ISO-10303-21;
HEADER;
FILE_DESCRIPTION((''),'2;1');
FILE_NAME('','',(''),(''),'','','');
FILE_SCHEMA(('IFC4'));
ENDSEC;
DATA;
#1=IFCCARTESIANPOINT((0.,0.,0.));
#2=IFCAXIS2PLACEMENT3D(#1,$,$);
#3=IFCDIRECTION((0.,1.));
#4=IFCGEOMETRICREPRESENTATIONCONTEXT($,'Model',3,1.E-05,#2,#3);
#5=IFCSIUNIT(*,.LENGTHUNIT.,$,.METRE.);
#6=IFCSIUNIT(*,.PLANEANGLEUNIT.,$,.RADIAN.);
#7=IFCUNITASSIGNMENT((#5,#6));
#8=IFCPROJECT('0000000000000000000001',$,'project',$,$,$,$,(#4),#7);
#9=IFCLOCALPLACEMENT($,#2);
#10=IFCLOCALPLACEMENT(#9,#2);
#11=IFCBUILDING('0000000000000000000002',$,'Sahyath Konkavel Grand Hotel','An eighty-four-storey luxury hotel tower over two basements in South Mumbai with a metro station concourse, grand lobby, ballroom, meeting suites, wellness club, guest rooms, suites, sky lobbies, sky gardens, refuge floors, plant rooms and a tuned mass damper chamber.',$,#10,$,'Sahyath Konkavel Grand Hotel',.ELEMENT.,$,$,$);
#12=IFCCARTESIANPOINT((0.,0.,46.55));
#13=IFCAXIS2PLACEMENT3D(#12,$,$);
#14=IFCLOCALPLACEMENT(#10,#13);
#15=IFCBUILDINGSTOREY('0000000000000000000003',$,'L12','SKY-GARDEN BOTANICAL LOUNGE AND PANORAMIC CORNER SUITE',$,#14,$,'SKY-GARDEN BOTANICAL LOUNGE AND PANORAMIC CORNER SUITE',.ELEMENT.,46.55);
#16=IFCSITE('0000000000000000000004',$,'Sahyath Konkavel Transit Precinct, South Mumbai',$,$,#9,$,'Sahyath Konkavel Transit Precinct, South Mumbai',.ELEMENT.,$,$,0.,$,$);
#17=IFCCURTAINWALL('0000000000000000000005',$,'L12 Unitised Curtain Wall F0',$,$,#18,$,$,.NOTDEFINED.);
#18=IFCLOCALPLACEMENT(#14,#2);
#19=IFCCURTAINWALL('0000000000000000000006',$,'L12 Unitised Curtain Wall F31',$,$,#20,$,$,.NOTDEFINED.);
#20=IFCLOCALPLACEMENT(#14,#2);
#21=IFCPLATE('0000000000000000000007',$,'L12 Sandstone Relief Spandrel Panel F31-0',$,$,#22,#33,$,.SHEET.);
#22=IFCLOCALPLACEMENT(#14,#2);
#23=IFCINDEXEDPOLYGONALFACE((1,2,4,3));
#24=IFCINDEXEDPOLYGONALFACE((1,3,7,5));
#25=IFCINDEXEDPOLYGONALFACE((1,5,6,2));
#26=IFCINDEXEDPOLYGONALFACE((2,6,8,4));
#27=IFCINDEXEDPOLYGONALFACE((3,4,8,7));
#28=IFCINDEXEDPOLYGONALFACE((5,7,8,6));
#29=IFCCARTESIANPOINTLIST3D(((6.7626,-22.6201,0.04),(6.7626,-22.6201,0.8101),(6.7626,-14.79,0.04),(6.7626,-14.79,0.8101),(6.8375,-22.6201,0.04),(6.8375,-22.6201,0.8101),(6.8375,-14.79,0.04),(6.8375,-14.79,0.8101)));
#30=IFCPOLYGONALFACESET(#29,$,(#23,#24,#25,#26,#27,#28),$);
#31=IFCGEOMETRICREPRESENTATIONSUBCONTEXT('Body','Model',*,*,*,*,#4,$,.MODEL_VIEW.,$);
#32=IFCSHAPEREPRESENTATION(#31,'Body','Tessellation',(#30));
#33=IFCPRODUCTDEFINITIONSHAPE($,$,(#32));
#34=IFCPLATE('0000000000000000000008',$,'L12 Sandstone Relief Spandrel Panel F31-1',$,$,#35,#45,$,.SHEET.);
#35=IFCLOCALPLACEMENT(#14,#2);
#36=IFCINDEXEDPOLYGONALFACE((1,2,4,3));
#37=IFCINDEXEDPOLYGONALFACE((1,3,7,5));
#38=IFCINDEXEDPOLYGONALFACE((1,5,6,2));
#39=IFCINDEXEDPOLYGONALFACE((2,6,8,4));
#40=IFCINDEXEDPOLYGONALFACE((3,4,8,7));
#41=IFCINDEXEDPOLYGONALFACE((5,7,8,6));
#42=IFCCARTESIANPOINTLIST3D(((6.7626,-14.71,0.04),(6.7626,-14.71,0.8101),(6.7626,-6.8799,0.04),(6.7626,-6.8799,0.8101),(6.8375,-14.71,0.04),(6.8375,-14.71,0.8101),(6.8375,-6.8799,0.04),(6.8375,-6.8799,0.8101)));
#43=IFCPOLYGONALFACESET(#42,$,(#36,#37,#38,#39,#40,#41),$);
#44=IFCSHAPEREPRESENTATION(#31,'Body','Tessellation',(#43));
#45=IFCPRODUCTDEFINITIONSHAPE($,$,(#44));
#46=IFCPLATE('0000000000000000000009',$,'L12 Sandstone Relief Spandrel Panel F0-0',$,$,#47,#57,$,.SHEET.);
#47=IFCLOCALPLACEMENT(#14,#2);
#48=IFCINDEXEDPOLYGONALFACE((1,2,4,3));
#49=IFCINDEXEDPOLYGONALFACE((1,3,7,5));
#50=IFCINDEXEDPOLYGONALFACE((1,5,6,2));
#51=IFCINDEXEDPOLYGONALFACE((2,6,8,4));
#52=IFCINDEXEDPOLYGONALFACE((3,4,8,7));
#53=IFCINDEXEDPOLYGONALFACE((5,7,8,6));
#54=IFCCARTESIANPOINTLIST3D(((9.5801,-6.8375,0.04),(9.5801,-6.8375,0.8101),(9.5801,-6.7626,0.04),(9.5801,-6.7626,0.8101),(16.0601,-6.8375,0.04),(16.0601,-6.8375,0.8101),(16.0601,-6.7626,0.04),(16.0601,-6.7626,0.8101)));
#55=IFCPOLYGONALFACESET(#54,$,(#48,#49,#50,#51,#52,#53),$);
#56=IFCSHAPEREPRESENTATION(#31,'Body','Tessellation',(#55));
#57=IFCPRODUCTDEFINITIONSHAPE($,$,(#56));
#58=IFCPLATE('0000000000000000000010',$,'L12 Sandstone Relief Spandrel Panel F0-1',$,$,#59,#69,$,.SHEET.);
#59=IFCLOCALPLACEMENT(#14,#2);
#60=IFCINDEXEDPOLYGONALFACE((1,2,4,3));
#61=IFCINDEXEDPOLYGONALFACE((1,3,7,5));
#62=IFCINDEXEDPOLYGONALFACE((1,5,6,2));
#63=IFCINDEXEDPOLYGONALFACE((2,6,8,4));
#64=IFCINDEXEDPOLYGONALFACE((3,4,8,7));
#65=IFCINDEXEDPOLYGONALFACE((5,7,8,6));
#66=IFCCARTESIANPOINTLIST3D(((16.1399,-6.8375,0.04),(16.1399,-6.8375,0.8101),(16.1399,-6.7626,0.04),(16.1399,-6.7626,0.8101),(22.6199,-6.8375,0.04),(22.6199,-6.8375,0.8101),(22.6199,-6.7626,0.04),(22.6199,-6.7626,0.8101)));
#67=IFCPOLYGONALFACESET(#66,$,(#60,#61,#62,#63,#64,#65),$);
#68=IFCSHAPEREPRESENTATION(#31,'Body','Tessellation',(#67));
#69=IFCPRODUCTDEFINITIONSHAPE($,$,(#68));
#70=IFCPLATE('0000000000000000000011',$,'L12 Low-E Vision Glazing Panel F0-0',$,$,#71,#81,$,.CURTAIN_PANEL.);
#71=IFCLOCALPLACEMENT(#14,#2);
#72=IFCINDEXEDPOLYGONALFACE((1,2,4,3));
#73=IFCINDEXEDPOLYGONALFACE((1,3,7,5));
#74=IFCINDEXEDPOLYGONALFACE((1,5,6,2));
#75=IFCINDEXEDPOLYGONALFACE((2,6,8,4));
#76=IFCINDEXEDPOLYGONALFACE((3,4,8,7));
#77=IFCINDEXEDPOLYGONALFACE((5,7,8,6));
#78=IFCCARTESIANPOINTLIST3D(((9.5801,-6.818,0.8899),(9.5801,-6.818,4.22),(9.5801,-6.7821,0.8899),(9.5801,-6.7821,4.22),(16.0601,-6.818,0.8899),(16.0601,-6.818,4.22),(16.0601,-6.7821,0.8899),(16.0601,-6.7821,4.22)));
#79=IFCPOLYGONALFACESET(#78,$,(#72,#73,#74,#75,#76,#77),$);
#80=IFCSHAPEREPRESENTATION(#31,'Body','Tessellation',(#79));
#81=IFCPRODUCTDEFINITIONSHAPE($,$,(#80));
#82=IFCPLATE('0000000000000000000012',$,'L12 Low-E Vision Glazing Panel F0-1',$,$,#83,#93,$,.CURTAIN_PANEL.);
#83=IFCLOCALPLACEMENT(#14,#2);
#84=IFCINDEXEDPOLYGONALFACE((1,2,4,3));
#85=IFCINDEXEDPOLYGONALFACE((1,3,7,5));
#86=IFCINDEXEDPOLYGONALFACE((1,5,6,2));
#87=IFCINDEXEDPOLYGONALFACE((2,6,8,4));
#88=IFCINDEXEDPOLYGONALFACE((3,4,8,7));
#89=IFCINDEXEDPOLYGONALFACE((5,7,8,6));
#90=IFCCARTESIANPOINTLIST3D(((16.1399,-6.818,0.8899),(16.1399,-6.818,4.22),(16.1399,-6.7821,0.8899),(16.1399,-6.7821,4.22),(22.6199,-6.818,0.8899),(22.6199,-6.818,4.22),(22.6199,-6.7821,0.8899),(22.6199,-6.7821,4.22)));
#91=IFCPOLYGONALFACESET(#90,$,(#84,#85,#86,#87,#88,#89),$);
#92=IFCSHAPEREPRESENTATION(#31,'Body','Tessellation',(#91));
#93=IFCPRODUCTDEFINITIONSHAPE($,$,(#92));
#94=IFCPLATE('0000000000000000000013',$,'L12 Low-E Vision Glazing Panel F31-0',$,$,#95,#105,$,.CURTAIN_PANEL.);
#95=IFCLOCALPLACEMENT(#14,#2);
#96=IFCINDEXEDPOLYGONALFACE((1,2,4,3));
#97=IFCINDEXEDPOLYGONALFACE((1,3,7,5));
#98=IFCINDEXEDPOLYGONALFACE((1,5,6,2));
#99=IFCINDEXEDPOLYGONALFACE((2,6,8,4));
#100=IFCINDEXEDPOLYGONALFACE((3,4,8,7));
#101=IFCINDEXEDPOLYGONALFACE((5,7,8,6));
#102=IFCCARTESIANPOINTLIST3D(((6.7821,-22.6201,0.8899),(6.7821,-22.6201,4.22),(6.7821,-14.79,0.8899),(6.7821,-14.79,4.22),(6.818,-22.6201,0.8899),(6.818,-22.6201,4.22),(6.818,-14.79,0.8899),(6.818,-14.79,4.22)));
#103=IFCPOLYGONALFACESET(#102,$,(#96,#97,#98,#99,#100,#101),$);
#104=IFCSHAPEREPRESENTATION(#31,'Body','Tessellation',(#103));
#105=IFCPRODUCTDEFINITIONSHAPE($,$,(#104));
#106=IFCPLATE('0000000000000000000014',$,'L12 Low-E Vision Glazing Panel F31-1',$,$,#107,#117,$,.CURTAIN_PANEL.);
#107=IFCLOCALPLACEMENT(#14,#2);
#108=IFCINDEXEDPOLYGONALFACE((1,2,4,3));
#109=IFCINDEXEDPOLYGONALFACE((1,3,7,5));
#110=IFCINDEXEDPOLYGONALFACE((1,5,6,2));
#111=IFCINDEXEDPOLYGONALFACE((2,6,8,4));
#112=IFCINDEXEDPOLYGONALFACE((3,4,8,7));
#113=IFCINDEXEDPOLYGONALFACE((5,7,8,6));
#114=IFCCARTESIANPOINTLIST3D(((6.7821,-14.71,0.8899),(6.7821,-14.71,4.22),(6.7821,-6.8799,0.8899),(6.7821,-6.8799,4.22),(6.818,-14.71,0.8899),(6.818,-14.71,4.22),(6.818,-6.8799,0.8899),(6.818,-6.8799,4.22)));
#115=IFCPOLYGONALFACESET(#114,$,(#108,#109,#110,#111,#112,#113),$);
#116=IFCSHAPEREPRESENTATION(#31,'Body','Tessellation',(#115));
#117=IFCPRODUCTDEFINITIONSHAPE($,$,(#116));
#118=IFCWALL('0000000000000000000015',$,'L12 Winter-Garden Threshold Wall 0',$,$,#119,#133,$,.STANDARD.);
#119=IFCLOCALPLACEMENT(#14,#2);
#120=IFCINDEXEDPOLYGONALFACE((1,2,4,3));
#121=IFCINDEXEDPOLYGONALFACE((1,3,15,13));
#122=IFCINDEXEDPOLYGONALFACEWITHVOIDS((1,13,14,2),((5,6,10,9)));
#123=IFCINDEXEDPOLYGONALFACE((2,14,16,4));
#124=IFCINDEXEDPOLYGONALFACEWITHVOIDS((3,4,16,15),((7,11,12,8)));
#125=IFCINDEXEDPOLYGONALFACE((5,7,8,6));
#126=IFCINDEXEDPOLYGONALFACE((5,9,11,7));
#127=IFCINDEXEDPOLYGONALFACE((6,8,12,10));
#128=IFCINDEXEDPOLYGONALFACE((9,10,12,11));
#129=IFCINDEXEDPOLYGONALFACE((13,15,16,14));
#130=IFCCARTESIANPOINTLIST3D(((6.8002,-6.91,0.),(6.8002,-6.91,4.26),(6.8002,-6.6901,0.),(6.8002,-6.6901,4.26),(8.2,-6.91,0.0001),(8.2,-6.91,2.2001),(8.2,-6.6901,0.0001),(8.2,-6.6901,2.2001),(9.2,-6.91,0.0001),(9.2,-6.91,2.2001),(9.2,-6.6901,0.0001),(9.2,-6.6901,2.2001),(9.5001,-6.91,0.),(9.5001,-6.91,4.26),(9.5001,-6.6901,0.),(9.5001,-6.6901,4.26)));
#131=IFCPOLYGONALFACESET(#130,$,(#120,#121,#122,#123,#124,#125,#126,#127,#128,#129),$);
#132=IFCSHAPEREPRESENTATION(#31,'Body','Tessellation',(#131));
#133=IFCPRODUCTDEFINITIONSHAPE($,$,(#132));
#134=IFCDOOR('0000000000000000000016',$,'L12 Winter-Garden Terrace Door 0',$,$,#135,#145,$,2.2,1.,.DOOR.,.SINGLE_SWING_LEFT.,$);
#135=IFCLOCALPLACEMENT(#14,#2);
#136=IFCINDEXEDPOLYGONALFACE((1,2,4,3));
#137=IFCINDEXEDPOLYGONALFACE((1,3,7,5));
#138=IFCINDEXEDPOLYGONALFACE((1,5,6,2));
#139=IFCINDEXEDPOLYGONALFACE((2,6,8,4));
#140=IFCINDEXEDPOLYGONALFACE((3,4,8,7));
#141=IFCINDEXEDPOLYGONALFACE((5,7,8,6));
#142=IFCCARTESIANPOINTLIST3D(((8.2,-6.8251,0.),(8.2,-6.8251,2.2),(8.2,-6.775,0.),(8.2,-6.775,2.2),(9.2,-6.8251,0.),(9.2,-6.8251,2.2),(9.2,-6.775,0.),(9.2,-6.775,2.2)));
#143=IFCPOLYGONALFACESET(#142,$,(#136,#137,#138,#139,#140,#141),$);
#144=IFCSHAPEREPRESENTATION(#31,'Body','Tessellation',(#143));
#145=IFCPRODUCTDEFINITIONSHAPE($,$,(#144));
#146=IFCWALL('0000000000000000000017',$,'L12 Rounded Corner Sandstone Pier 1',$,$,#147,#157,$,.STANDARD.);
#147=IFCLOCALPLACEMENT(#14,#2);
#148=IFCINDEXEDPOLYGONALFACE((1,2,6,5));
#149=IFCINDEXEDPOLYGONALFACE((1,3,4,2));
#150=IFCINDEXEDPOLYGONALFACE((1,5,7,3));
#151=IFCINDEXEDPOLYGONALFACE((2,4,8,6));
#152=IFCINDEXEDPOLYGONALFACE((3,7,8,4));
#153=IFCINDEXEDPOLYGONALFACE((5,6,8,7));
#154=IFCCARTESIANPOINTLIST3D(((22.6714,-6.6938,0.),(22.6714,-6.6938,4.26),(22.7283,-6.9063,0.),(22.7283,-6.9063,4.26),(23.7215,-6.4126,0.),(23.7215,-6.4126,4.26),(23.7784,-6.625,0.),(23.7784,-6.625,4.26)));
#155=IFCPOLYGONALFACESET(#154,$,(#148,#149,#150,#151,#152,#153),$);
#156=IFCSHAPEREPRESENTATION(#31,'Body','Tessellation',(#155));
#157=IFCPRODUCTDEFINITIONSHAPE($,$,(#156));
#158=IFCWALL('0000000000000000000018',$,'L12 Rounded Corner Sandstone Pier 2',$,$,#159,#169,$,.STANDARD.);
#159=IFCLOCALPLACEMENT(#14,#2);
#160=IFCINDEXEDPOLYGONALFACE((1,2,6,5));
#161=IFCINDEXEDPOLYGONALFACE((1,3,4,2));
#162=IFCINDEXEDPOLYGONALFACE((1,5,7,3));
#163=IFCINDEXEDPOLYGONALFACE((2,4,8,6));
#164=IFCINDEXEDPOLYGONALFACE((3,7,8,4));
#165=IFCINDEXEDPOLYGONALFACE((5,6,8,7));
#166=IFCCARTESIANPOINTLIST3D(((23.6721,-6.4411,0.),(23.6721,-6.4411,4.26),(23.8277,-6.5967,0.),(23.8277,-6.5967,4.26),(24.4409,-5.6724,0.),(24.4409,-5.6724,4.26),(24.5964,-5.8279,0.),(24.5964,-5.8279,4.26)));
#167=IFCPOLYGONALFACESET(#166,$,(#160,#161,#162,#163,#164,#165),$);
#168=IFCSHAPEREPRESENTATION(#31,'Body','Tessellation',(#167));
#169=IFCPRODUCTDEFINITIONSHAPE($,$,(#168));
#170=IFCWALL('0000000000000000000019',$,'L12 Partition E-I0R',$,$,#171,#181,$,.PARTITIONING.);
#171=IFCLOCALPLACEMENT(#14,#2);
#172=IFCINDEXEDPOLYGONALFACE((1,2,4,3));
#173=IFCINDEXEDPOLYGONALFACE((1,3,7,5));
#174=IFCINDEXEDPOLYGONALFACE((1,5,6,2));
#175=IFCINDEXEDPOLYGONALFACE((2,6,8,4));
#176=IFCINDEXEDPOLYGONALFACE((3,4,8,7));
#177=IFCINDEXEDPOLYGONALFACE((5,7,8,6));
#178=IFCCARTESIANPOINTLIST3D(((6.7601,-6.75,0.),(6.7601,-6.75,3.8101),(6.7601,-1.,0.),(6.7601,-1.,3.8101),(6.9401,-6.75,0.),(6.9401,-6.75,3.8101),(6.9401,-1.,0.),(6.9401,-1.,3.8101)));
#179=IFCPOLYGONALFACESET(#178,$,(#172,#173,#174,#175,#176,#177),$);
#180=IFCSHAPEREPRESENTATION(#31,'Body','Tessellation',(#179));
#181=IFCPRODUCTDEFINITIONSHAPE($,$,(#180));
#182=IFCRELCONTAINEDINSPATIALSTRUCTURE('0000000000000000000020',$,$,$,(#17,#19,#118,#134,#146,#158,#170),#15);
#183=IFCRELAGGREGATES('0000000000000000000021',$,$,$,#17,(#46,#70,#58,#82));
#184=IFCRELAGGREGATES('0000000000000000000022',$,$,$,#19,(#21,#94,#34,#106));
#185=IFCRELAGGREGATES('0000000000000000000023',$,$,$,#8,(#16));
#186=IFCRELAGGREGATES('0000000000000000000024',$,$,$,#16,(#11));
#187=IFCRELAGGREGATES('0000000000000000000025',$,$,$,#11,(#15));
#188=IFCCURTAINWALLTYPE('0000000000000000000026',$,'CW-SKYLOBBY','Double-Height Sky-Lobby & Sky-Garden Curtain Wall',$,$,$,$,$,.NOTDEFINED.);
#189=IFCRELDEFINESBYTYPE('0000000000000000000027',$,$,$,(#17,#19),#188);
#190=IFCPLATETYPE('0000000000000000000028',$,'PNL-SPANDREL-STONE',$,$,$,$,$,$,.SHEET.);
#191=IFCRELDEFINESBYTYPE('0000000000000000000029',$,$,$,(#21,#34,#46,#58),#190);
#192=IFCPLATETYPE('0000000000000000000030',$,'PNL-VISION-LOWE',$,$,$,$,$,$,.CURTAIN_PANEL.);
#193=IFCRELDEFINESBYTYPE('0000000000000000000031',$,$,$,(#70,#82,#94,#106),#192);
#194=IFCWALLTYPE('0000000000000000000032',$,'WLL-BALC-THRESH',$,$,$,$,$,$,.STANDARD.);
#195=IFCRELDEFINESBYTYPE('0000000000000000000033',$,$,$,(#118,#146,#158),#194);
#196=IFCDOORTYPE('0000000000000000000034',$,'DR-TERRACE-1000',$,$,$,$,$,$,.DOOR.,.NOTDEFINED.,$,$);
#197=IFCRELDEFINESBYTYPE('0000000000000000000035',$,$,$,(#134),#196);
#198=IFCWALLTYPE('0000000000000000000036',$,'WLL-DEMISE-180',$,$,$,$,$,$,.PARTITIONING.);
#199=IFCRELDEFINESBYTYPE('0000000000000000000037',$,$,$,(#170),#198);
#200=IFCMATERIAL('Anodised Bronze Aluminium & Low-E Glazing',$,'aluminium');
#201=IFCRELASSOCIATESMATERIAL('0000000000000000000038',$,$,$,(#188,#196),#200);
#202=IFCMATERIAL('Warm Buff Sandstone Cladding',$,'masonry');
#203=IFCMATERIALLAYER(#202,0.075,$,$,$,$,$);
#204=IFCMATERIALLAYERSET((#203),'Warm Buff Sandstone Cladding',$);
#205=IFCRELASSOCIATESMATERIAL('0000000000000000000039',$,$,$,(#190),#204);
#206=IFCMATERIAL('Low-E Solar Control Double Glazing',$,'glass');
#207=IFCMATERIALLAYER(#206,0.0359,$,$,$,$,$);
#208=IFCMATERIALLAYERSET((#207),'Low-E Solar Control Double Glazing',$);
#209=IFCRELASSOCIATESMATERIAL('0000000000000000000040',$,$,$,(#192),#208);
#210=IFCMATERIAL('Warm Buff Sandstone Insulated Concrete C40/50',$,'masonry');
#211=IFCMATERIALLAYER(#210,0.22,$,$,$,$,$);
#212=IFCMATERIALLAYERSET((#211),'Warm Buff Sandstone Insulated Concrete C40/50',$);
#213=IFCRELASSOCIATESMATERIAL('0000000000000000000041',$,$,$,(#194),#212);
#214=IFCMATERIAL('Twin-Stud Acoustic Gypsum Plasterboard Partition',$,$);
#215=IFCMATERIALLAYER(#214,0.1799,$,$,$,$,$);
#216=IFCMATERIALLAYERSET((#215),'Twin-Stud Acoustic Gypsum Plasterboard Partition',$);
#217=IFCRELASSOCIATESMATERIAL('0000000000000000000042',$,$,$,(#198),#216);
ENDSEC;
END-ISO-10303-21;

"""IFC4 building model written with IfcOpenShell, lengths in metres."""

from ifc_helpers import new_model, si_unit, direction, frame, frame_2d, origin, origin_2d, place, context, subcontext, project, spatial, rectangle, extrude, source, transform, mapped, material, layer, layer_set, type_object, element, fill, aggregate, save


model = new_model("IFC4")

# Units and contexts
model_context = context("Model", 3, precision=1e-05, world=origin(), true_north=direction((0.0, 1.0)))
body_context = subcontext(model_context, "Body", "Model", "MODEL_VIEW")
ifc_project = project(units=[si_unit("LENGTHUNIT", "METRE"), si_unit("PLANEANGLEUNIT", "RADIAN")], contexts=[model_context])

# Site, building, storey
site_placement = place(None, origin())
site = spatial("IfcSite", under=ifc_project, at=site_placement, Name="Sahyath Konkavel Transit Precinct, South Mumbai", LongName="Sahyath Konkavel Transit Precinct, South Mumbai", CompositionType="ELEMENT", RefElevation=0.0)
building_placement = place(site_placement, origin())
building = spatial("IfcBuilding", under=site, at=building_placement, Name="Sahyath Konkavel Grand Hotel", Description="An eighty-four-storey luxury hotel tower over two basements in South Mumbai with a metro station concourse, grand lobby, ballroom, meeting suites, wellness club, guest rooms, suites, sky lobbies, sky gardens, refuge floors, plant rooms and a tuned mass damper chamber.", LongName="Sahyath Konkavel Grand Hotel", CompositionType="ELEMENT")
storey_placement = place(building_placement, frame((0.0, 0.0, 46.55)))
storey = spatial("IfcBuildingStorey", under=building, at=storey_placement, Name="L12", Description="SKY-GARDEN BOTANICAL LOUNGE AND PANORAMIC CORNER SUITE", LongName="SKY-GARDEN BOTANICAL LOUNGE AND PANORAMIC CORNER SUITE", CompositionType="ELEMENT", Elevation=46.55)

# Curtain walls
ifc_material_1 = material(Name="Anodised Bronze Aluminium & Low-E Glazing", Category="aluminium")
curtain_wall_type = type_object("IfcCurtainWallType", Name="CW-SKYLOBBY", Description="Double-Height Sky-Lobby & Sky-Garden Curtain Wall", PredefinedType="NOTDEFINED", material=ifc_material_1)
curtain_wall_1_placement = place(storey_placement, origin())
curtain_wall_1 = element("IfcCurtainWall", 1, at=curtain_wall_1_placement, inside=storey, type_object=curtain_wall_type, Name="L12 Unitised Curtain Wall F0", PredefinedType="NOTDEFINED")
curtain_wall_2_placement = place(storey_placement, origin())
curtain_wall_2 = element("IfcCurtainWall", 2, at=curtain_wall_2_placement, inside=storey, type_object=curtain_wall_type, Name="L12 Unitised Curtain Wall F31", PredefinedType="NOTDEFINED")

# Plates
ifc_material_2 = material(Name="Warm Buff Sandstone Cladding", Category="masonry")
ifc_layer_1 = layer(ifc_material_2, 0.075)
ifc_layer_set_1 = layer_set([ifc_layer_1], Name="Warm Buff Sandstone Cladding")
plate_type_1 = type_object("IfcPlateType", Name="PNL-SPANDREL-STONE", PredefinedType="SHEET", material=ifc_layer_set_1)
shared_shape_1 = source(origin(), body_context, "Body", "SweptSolid", [
    extrude(rectangle(XDim=7.8301, YDim=0.075, at=origin_2d()), origin(), (0.0, 0.0, 1.0), 0.77),
])
plate_1_placement = place(storey_placement, frame((6.8, -18.7051, 0.04), z_axis=(0.0, 0.0, 1.0), x_axis=(0.0, 1.0, 0.0)))
plate_1 = element("IfcPlate", 3, at=plate_1_placement, type_object=plate_type_1, Name="L12 Sandstone Relief Spandrel Panel F31-0", PredefinedType="SHEET", context=body_context, shape_type="MappedRepresentation", body=[
    mapped(shared_shape_1, transform((0.0, 0.0, 0.0), scale=1.0)),
])
plate_2_placement = place(storey_placement, frame((6.8, -10.7949, 0.04), z_axis=(0.0, 0.0, 1.0), x_axis=(0.0, 1.0, 0.0)))
plate_2 = element("IfcPlate", 4, at=plate_2_placement, type_object=plate_type_1, Name="L12 Sandstone Relief Spandrel Panel F31-1", PredefinedType="SHEET", context=body_context, shape_type="MappedRepresentation", body=[
    mapped(shared_shape_1, transform((0.0, 0.0, 0.0), scale=1.0)),
])
shared_shape_2 = source(origin(), body_context, "Body", "SweptSolid", [
    extrude(rectangle(XDim=6.48, YDim=0.075, at=origin_2d()), origin(), (0.0, 0.0, 1.0), 0.77),
])
plate_3_placement = place(storey_placement, frame((12.8201, -6.8, 0.04), z_axis=(0.0, 0.0, 1.0), x_axis=(1.0, 0.0, 0.0)))
plate_3 = element("IfcPlate", 5, at=plate_3_placement, type_object=plate_type_1, Name="L12 Sandstone Relief Spandrel Panel F0-0", PredefinedType="SHEET", context=body_context, shape_type="MappedRepresentation", body=[
    mapped(shared_shape_2, transform((0.0, 0.0, 0.0), scale=1.0)),
])
plate_4_placement = place(storey_placement, frame((19.3799, -6.8, 0.04), z_axis=(0.0, 0.0, 1.0), x_axis=(1.0, 0.0, 0.0)))
plate_4 = element("IfcPlate", 6, at=plate_4_placement, type_object=plate_type_1, Name="L12 Sandstone Relief Spandrel Panel F0-1", PredefinedType="SHEET", context=body_context, shape_type="MappedRepresentation", body=[
    mapped(shared_shape_2, transform((0.0, 0.0, 0.0), scale=1.0)),
])
ifc_material_3 = material(Name="Low-E Solar Control Double Glazing", Category="glass")
ifc_layer_2 = layer(ifc_material_3, 0.0359)
ifc_layer_set_2 = layer_set([ifc_layer_2], Name="Low-E Solar Control Double Glazing")
plate_type_2 = type_object("IfcPlateType", Name="PNL-VISION-LOWE", PredefinedType="CURTAIN_PANEL", material=ifc_layer_set_2)
shared_shape_3 = source(origin(), body_context, "Body", "SweptSolid", [
    extrude(rectangle(XDim=6.48, YDim=0.0359, at=origin_2d()), origin(), (0.0, 0.0, 1.0), 3.3301),
])
plate_5_placement = place(storey_placement, frame((12.8201, -6.8, 0.8899), z_axis=(0.0, 0.0, 1.0), x_axis=(1.0, 0.0, 0.0)))
plate_5 = element("IfcPlate", 7, at=plate_5_placement, type_object=plate_type_2, Name="L12 Low-E Vision Glazing Panel F0-0", PredefinedType="CURTAIN_PANEL", context=body_context, shape_type="MappedRepresentation", body=[
    mapped(shared_shape_3, transform((0.0, 0.0, 0.0), scale=1.0)),
])
plate_6_placement = place(storey_placement, frame((19.3799, -6.8, 0.8899), z_axis=(0.0, 0.0, 1.0), x_axis=(1.0, 0.0, 0.0)))
plate_6 = element("IfcPlate", 8, at=plate_6_placement, type_object=plate_type_2, Name="L12 Low-E Vision Glazing Panel F0-1", PredefinedType="CURTAIN_PANEL", context=body_context, shape_type="MappedRepresentation", body=[
    mapped(shared_shape_3, transform((0.0, 0.0, 0.0), scale=1.0)),
])
aggregate(curtain_wall_1, [plate_3, plate_5, plate_4, plate_6])
shared_shape_4 = source(origin(), body_context, "Body", "SweptSolid", [
    extrude(rectangle(XDim=7.8301, YDim=0.0359, at=origin_2d()), origin(), (0.0, 0.0, 1.0), 3.3301),
])
plate_7_placement = place(storey_placement, frame((6.8, -18.7051, 0.8899), z_axis=(0.0, 0.0, 1.0), x_axis=(0.0, 1.0, 0.0)))
plate_7 = element("IfcPlate", 9, at=plate_7_placement, type_object=plate_type_2, Name="L12 Low-E Vision Glazing Panel F31-0", PredefinedType="CURTAIN_PANEL", context=body_context, shape_type="MappedRepresentation", body=[
    mapped(shared_shape_4, transform((0.0, 0.0, 0.0), scale=1.0)),
])
plate_8_placement = place(storey_placement, frame((6.8, -10.7949, 0.8899), z_axis=(0.0, 0.0, 1.0), x_axis=(0.0, 1.0, 0.0)))
plate_8 = element("IfcPlate", 10, at=plate_8_placement, type_object=plate_type_2, Name="L12 Low-E Vision Glazing Panel F31-1", PredefinedType="CURTAIN_PANEL", context=body_context, shape_type="MappedRepresentation", body=[
    mapped(shared_shape_4, transform((0.0, 0.0, 0.0), scale=1.0)),
])
aggregate(curtain_wall_2, [plate_1, plate_7, plate_2, plate_8])

# Wall, opening, door
ifc_material_4 = material(Name="Warm Buff Sandstone Insulated Concrete C40/50", Category="masonry")
ifc_layer_3 = layer(ifc_material_4, 0.22)
ifc_layer_set_3 = layer_set([ifc_layer_3], Name="Warm Buff Sandstone Insulated Concrete C40/50")
wall_type_1 = type_object("IfcWallType", Name="WLL-BALC-THRESH", PredefinedType="STANDARD", material=ifc_layer_set_3)
wall_1_placement = place(storey_placement, frame((6.8, -6.8, 0.0), z_axis=(0.0, 0.0, 1.0), x_axis=(1.0, 0.0, 0.0)))
wall_1 = element("IfcWall", 11, at=wall_1_placement, inside=storey, type_object=wall_type_1, Name="L12 Winter-Garden Threshold Wall 0", PredefinedType="STANDARD", context=body_context, shape_type="SweptSolid", body=[
    extrude(rectangle(XDim=2.7, YDim=0.22, at=frame_2d((1.3501, 0.0))), origin(), (0.0, 0.0, 1.0), 4.26),
])
opening_placement = place(wall_1_placement, frame((1.3999, 0.0, 0.0)))
opening = element("IfcOpeningElement", 12, at=opening_placement, cuts=wall_1, PredefinedType="OPENING", context=body_context, shape_type="SweptSolid", body=[
    extrude(rectangle(XDim=1.0, YDim=2.2, at=frame_2d((0.5, 1.1001))), frame((0.0, 0.1201, 0.0), z_axis=(0.0, -1.0, 0.0), x_axis=(1.0, 0.0, 0.0)), (0.0, 0.0, 1.0), 0.24),
])
door_type = type_object("IfcDoorType", Name="DR-TERRACE-1000", OperationType="NOTDEFINED", PredefinedType="DOOR", material=ifc_material_1)
shared_shape_5 = source(origin(), body_context, "Body", "SweptSolid", [
    extrude(rectangle(XDim=1.0, YDim=0.05, at=origin_2d()), origin(), (0.0, 0.0, 1.0), 2.2),
])
door_placement = place(opening_placement, frame((0.5, 0.0, 0.0)))
door = element("IfcDoor", 13, at=door_placement, inside=storey, type_object=door_type, Name="L12 Winter-Garden Terrace Door 0", OperationType="SINGLE_SWING_LEFT", OverallHeight=2.2, OverallWidth=1.0, PredefinedType="DOOR", context=body_context, shape_type="MappedRepresentation", body=[
    mapped(shared_shape_5, transform((0.0, 0.0, 0.0), scale=1.0)),
])
fill(opening, door)

# Walls
for number, where, z_axis, x_axis, name in (
    (14, (22.7, -6.8, 0.0), (0.0, 0.0, 1.0), (0.965951, 0.258725, 0.0), "L12 Rounded Corner Sandstone Pier 1"),
    (15, (23.75, -6.5188, 0.0), (0.0, 0.0, 1.0), (0.707107, 0.707107, 0.0), "L12 Rounded Corner Sandstone Pier 2"),
):
    element("IfcWall", number, at=place(storey_placement, frame(where, z_axis=z_axis, x_axis=x_axis)), inside=storey, type_object=wall_type_1, Name=name, PredefinedType="STANDARD", context=body_context, shape_type="SweptSolid", body=[
        extrude(rectangle(XDim=1.0872, YDim=0.22, at=frame_2d((0.5435, 0.0))), origin(), (0.0, 0.0, 1.0), 4.26),
    ])
ifc_material_5 = material(Name="Twin-Stud Acoustic Gypsum Plasterboard Partition")
ifc_layer_4 = layer(ifc_material_5, 0.1799)
ifc_layer_set_4 = layer_set([ifc_layer_4], Name="Twin-Stud Acoustic Gypsum Plasterboard Partition")
wall_type_2 = type_object("IfcWallType", Name="WLL-DEMISE-180", PredefinedType="PARTITIONING", material=ifc_layer_set_4)
wall_2_placement = place(storey_placement, frame((6.8501, -6.75, 0.0), z_axis=(0.0, 0.0, 1.0), x_axis=(0.0, 1.0, 0.0)))
element("IfcWall", 16, at=wall_2_placement, inside=storey, type_object=wall_type_2, Name="L12 Partition E-I0R", PredefinedType="PARTITIONING", context=body_context, shape_type="SweptSolid", body=[
    extrude(rectangle(XDim=5.75, YDim=0.1799, at=frame_2d((2.875, 0.0))), origin(), (0.0, 0.0, 1.0), 3.8101),
])

save(model, "model.ifc")
